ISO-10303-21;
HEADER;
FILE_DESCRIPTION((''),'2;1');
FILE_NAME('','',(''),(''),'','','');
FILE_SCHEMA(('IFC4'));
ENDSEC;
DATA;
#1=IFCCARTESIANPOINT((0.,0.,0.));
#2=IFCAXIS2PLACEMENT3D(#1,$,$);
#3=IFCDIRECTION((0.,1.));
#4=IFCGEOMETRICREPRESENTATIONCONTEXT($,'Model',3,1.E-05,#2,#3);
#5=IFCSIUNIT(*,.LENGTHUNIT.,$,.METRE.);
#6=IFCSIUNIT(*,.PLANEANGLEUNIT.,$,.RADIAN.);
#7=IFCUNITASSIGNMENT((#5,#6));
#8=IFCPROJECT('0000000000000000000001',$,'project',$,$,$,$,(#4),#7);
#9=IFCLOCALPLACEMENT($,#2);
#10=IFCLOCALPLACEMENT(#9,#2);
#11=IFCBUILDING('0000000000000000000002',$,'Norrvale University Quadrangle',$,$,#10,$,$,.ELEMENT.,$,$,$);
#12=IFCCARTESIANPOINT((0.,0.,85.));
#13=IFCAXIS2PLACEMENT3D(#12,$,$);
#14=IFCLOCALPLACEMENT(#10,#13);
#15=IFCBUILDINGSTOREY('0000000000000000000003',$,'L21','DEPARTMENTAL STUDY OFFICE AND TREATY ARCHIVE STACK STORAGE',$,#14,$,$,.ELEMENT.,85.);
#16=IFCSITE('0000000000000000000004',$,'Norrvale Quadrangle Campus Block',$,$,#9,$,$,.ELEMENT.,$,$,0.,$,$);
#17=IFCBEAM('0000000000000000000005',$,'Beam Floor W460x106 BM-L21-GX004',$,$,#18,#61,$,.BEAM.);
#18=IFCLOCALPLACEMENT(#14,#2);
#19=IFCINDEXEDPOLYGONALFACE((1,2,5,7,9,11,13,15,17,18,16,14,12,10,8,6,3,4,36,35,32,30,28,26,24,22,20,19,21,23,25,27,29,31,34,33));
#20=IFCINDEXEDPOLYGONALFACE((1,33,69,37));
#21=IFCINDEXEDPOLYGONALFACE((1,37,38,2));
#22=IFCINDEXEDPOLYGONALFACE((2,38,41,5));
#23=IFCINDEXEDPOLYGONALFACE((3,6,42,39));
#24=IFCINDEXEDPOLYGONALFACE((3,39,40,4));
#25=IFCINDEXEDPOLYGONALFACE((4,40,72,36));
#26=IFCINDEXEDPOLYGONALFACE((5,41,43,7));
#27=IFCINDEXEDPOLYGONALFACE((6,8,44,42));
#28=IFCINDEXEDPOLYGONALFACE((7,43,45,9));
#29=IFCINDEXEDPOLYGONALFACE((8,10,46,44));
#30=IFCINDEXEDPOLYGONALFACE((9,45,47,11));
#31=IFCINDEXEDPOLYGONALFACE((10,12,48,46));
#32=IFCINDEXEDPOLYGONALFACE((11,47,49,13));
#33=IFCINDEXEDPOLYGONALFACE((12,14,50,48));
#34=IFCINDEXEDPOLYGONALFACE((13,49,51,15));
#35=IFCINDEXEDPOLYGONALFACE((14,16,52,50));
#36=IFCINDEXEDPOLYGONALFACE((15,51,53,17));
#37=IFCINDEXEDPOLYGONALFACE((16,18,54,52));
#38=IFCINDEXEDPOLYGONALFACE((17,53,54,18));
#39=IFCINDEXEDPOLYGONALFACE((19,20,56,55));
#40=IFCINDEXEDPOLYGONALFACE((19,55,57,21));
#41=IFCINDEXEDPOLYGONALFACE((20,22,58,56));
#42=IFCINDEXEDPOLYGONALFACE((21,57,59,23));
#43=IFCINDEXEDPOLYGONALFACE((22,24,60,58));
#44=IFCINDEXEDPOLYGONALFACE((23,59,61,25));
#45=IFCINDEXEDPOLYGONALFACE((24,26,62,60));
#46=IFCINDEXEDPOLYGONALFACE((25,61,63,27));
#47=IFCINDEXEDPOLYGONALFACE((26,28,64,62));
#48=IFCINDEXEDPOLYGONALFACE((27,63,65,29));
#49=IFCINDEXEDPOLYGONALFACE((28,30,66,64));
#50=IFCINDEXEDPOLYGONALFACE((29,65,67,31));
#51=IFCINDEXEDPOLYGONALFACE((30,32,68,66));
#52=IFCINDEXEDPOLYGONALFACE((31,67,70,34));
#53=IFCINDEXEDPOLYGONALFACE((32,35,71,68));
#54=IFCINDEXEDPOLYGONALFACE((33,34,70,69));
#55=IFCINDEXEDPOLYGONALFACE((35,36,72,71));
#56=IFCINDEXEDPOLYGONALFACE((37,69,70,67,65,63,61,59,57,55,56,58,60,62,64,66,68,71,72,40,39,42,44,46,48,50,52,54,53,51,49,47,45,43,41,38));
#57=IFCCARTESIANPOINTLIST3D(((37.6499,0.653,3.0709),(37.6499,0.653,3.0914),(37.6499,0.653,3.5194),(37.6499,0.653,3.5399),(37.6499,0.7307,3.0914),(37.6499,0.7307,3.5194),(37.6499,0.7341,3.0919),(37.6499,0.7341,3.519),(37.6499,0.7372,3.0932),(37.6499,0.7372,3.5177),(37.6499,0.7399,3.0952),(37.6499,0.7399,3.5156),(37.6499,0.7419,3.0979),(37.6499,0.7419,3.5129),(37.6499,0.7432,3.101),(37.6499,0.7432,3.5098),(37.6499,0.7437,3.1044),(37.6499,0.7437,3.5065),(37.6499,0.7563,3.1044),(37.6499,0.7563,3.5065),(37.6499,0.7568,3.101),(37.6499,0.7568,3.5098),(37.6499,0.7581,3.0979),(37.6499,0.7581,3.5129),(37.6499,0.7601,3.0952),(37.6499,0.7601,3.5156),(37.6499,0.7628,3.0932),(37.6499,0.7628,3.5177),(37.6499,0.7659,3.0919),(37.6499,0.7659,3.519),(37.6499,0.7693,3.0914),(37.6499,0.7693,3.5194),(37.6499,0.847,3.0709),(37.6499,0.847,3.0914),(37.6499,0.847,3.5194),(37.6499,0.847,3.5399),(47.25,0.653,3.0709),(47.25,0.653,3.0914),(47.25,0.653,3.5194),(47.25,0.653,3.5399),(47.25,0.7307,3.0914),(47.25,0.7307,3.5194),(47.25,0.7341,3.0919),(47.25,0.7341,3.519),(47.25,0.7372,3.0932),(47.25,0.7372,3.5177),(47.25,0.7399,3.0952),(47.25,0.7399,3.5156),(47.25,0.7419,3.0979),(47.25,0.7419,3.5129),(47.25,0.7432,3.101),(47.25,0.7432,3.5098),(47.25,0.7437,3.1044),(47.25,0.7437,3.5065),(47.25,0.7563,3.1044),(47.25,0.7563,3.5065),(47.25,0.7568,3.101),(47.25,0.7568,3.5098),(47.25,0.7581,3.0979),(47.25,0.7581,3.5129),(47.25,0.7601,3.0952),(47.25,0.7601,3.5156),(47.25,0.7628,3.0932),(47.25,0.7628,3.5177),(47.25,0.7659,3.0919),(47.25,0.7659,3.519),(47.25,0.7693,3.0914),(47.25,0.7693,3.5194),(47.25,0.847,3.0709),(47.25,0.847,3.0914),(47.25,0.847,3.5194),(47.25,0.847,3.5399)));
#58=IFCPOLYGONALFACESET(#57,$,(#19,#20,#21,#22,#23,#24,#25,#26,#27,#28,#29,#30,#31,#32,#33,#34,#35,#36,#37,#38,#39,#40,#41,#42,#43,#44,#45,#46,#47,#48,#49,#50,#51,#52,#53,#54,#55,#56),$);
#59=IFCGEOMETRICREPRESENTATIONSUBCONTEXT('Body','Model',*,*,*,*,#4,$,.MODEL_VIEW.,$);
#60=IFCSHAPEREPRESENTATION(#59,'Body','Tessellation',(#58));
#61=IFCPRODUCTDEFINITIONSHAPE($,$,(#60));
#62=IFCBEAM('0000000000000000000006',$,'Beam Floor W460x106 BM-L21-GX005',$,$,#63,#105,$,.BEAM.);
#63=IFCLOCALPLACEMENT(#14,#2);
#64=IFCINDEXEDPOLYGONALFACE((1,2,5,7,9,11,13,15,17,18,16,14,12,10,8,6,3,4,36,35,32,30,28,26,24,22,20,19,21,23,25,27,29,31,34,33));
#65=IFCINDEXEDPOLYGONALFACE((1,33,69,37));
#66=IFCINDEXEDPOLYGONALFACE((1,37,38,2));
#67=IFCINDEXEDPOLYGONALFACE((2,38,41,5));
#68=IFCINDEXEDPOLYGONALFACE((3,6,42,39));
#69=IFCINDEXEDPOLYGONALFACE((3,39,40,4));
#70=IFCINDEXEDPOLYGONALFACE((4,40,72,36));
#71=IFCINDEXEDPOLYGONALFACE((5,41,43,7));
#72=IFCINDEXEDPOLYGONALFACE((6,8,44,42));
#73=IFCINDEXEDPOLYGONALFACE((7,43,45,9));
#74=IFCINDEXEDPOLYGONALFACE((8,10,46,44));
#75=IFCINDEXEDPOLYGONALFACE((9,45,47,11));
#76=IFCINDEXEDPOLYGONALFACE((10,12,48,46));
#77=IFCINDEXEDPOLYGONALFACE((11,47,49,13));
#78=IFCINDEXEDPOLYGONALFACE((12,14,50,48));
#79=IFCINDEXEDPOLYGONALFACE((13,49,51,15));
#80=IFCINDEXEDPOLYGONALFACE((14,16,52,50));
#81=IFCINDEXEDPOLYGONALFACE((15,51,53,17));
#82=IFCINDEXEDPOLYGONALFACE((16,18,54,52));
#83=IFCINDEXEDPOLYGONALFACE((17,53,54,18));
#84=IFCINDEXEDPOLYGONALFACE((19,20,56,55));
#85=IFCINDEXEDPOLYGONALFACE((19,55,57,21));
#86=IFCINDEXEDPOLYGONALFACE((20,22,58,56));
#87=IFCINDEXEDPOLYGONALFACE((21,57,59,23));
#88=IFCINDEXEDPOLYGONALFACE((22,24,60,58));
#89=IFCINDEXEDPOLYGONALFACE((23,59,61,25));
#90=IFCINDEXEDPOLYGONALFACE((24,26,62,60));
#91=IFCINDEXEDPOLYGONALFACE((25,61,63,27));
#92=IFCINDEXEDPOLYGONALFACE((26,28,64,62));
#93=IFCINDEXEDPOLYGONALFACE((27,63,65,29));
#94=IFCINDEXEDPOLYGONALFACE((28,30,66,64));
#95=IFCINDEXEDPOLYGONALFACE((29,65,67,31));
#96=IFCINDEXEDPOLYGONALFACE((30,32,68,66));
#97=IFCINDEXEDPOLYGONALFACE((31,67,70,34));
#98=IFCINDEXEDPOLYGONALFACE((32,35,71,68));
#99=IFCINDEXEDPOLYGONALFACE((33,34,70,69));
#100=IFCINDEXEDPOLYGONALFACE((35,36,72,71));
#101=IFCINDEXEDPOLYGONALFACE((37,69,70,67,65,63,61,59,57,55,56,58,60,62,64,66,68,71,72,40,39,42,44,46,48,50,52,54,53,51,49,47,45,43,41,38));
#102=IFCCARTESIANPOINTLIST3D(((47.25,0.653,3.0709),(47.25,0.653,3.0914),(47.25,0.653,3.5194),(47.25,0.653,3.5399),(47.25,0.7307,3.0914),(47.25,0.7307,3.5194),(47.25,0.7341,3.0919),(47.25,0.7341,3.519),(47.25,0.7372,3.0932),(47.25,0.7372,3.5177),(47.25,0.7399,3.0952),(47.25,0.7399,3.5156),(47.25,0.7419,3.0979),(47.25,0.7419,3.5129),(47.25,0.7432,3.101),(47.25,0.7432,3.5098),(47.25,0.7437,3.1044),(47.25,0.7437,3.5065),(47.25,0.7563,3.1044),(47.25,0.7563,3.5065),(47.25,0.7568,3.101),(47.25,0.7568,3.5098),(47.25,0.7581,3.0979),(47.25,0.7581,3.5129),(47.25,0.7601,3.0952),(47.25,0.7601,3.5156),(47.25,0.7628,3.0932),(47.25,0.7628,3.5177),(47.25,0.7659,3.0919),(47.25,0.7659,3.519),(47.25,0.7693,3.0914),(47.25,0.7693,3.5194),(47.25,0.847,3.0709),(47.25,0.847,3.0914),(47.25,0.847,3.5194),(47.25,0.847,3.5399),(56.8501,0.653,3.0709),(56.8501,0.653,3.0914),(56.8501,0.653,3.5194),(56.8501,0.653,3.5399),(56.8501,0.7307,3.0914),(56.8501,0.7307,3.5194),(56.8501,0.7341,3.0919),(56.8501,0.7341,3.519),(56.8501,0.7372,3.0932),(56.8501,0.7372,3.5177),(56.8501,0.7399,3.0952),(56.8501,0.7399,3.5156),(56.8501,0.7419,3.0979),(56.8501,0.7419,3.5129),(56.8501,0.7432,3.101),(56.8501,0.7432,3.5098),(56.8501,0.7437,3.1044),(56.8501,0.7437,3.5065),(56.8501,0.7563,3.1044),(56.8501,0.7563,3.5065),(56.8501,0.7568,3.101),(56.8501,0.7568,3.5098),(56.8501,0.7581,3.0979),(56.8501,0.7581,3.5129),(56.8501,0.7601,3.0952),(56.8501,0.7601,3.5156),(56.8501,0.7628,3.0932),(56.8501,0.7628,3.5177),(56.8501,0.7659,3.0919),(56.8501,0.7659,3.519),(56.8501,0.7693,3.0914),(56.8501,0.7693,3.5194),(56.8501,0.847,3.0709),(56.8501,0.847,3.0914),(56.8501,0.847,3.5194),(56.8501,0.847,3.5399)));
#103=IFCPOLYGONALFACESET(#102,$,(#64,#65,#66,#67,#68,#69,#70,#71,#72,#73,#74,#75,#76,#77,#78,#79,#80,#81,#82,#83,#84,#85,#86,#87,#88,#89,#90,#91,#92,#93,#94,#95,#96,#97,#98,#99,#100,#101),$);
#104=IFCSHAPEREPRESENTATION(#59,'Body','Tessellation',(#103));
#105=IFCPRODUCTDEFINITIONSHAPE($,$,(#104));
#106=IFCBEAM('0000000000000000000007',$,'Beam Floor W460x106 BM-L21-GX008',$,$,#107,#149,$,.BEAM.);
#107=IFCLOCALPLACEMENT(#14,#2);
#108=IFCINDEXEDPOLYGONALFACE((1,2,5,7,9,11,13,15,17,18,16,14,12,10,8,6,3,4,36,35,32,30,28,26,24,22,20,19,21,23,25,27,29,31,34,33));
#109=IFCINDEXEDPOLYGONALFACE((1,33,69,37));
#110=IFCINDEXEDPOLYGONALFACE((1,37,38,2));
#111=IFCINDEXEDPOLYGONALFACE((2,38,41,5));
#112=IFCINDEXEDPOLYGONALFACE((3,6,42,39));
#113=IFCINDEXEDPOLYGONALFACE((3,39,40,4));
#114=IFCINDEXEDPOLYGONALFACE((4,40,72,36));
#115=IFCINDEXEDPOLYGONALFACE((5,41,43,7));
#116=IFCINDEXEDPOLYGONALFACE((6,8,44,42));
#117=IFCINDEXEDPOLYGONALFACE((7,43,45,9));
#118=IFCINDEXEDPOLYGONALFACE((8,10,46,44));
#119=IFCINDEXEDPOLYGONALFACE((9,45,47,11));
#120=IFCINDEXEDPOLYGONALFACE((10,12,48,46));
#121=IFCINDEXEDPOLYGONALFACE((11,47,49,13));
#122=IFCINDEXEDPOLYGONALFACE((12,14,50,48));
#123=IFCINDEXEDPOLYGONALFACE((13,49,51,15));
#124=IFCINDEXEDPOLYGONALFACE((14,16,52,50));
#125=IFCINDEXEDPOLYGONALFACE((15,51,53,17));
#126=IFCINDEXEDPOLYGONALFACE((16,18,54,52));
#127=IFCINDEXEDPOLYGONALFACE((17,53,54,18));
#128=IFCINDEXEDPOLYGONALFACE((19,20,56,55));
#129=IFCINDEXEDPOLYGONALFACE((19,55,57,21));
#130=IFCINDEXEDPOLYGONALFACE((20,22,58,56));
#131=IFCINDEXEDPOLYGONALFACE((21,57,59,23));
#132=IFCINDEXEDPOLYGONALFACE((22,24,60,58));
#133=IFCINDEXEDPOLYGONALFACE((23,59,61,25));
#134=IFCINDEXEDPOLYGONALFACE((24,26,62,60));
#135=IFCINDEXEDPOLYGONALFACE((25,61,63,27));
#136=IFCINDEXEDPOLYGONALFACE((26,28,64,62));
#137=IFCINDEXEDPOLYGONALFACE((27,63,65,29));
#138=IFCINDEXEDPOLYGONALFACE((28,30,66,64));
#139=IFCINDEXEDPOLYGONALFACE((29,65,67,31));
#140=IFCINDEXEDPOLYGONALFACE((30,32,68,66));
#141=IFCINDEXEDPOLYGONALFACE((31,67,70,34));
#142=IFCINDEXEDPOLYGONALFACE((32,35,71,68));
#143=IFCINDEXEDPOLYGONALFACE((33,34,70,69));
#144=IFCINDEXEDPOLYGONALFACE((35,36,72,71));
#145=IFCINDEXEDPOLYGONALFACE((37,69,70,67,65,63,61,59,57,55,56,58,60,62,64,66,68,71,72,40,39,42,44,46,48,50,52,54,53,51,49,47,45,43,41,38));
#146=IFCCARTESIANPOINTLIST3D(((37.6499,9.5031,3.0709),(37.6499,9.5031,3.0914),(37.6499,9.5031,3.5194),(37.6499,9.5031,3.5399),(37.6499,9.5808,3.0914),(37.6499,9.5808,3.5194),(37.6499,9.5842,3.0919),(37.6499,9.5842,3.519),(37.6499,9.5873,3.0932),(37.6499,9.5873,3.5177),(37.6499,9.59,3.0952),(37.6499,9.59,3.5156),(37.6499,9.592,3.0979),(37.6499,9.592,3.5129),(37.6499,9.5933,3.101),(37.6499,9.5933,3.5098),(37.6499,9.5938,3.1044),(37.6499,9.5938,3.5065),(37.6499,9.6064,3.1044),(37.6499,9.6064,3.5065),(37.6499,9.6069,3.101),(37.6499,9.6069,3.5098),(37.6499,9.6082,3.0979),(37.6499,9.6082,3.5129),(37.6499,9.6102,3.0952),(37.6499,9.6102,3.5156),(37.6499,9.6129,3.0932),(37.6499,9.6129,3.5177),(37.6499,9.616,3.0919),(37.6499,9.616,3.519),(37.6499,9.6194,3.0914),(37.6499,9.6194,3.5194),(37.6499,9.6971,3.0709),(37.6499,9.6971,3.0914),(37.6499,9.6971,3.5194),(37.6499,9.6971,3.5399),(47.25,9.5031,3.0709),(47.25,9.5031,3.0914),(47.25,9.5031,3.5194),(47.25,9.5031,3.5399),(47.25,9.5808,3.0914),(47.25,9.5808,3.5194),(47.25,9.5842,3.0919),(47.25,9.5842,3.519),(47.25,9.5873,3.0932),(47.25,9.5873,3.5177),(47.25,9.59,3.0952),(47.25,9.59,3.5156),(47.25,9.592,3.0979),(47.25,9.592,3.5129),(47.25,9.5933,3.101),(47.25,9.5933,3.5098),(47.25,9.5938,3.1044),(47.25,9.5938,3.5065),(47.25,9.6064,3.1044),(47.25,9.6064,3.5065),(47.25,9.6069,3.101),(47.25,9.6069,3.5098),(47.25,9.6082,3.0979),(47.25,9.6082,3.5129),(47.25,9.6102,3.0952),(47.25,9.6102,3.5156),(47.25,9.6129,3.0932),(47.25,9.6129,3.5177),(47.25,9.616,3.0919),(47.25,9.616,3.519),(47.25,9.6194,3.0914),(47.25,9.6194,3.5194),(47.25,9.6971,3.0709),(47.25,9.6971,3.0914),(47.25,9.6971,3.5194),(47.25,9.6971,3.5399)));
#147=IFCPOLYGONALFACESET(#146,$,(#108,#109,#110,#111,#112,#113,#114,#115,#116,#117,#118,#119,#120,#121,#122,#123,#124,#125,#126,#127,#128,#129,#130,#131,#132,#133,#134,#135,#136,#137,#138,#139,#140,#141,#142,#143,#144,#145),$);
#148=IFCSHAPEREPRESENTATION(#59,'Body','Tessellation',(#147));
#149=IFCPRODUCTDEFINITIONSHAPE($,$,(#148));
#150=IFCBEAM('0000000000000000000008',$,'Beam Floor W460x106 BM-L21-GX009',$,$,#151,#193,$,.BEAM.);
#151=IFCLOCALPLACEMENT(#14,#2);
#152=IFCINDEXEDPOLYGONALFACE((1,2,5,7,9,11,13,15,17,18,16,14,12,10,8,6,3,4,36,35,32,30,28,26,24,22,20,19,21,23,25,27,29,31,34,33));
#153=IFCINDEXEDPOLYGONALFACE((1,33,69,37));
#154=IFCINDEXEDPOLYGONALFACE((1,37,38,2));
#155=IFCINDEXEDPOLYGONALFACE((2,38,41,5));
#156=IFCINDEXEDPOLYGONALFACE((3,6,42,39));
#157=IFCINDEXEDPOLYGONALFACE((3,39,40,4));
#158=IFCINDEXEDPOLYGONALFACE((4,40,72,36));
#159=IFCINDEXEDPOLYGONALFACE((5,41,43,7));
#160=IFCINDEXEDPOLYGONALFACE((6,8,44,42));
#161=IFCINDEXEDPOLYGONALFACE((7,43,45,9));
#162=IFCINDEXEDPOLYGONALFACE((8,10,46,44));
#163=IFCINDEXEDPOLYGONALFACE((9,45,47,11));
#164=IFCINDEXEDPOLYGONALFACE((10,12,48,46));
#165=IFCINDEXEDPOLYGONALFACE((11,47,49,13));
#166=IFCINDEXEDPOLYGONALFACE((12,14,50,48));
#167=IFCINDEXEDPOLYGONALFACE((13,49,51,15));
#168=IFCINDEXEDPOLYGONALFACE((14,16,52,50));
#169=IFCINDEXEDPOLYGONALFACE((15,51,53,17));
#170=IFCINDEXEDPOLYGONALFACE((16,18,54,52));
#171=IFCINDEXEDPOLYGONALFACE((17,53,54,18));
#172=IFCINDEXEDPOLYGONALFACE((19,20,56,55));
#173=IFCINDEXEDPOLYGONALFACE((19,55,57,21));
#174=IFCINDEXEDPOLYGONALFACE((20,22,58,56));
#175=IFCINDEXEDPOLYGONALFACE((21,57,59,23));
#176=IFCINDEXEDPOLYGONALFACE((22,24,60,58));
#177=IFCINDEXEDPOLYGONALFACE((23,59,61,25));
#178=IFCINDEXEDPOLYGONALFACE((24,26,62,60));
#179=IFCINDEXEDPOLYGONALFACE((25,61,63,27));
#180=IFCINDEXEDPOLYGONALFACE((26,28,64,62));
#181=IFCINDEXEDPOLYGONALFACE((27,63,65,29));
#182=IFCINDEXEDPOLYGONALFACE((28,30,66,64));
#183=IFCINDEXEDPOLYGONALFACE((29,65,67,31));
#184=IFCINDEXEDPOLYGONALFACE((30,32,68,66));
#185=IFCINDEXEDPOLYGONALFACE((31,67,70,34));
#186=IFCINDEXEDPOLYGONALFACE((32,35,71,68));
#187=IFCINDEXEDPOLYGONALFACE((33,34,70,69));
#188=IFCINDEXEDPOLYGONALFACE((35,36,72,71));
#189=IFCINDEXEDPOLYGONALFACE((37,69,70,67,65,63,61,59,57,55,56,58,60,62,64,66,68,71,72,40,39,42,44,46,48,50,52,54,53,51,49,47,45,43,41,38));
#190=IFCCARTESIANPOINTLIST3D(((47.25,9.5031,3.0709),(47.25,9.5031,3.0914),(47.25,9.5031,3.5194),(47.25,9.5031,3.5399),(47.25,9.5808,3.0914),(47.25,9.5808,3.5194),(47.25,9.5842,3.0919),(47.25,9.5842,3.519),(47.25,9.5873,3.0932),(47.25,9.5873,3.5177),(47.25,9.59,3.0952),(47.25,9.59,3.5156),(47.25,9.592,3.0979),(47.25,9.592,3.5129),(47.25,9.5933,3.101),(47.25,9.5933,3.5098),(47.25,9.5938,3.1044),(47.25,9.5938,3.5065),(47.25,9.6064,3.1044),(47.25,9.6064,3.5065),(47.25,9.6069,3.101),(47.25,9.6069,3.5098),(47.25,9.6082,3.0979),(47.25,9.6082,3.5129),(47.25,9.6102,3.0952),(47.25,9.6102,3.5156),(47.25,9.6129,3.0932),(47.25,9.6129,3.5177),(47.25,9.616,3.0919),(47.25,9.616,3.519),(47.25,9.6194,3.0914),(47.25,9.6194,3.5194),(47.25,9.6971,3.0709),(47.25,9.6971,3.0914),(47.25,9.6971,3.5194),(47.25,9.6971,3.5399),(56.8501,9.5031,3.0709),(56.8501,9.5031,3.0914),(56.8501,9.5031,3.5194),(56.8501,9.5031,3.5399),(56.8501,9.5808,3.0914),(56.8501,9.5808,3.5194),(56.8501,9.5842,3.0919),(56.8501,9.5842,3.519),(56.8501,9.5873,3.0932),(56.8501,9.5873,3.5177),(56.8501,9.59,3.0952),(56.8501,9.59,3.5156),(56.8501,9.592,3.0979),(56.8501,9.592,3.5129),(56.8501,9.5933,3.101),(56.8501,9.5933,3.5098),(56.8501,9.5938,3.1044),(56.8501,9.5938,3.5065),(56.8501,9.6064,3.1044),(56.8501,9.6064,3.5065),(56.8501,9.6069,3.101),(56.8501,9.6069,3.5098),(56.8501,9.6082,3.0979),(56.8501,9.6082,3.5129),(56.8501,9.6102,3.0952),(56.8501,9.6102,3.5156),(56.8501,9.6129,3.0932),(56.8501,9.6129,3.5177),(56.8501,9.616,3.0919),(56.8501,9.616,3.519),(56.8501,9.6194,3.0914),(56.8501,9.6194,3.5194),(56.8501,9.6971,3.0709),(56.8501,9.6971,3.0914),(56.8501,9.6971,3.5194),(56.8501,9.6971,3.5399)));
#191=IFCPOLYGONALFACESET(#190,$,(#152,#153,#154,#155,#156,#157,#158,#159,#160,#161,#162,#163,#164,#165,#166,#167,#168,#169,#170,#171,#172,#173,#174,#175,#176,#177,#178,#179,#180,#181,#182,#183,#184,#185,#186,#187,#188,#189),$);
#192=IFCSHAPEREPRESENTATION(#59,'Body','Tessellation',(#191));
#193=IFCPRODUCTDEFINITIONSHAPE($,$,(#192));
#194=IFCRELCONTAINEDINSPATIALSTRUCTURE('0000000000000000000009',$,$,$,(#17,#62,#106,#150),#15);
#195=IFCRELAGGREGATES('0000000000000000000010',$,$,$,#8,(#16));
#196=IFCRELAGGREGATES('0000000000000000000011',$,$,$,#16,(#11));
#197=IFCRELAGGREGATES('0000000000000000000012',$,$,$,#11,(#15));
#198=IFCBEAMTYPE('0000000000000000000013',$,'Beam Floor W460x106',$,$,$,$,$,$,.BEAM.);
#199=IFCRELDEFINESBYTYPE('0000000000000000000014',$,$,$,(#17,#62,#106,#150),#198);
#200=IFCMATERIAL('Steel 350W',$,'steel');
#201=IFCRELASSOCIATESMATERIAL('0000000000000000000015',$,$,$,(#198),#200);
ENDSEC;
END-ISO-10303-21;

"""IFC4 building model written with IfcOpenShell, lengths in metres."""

from ifc_helpers import new_model, si_unit, direction, frame, origin, origin_2d, place, context, subcontext, project, spatial, i_section, extrude, material, material_profile, profile_set, type_object, element, save


model = new_model("IFC4")

# Units and contexts
model_context = context("Model", 3, precision=1e-05, world=origin(), true_north=direction((0.0, 1.0)))
body_context = subcontext(model_context, "Body", "Model", "MODEL_VIEW")
ifc_project = project(units=[si_unit("LENGTHUNIT", "METRE"), si_unit("PLANEANGLEUNIT", "RADIAN")], contexts=[model_context])

# Site, building, storey
site_placement = place(None, origin())
site = spatial("IfcSite", under=ifc_project, at=site_placement, Name="Norrvale Quadrangle Campus Block", CompositionType="ELEMENT", RefElevation=0.0)
building_placement = place(site_placement, origin())
building = spatial("IfcBuilding", under=site, at=building_placement, Name="Norrvale University Quadrangle", CompositionType="ELEMENT")
storey_placement = place(building_placement, frame((0.0, 0.0, 85.0)))
storey = spatial("IfcBuildingStorey", under=building, at=storey_placement, Name="L21", Description="DEPARTMENTAL STUDY OFFICE AND TREATY ARCHIVE STACK STORAGE", CompositionType="ELEMENT", Elevation=85.0)

# Beams
ifc_material_1 = material(Name="Steel 350W", Category="steel")
ifc_material_profile_1 = material_profile(ifc_material_1, i_section(OverallWidth=0.1941, OverallDepth=0.469, WebThickness=0.0127, FlangeThickness=0.0205, FilletRadius=0.0129, at=origin_2d()), Name="Steel 350W")
ifc_profile_set_1 = profile_set([ifc_material_profile_1], Name="Steel 350W")
beam_type_1 = type_object("IfcBeamType", Name="Beam Floor W460x106", PredefinedType="BEAM", material=ifc_profile_set_1)
for number, where, z_axis, x_axis, name in (
    (1, (37.6499, 0.75, 3.3054), (1.0, 0.0, 0.0), (0.0, 1.0, 0.0), "Beam Floor W460x106 BM-L21-GX004"),
    (2, (47.25, 0.75, 3.3054), (1.0, 0.0, 0.0), (0.0, 1.0, 0.0), "Beam Floor W460x106 BM-L21-GX005"),
    (3, (37.6499, 9.6001, 3.3054), (1.0, 0.0, 0.0), (0.0, 1.0, 0.0), "Beam Floor W460x106 BM-L21-GX008"),
    (4, (47.25, 9.6001, 3.3054), (1.0, 0.0, 0.0), (0.0, 1.0, 0.0), "Beam Floor W460x106 BM-L21-GX009"),
):
    element("IfcBeam", number, at=place(storey_placement, frame(where, z_axis=z_axis, x_axis=x_axis)), inside=storey, type_object=beam_type_1, Name=name, PredefinedType="BEAM", context=body_context, shape_type="SweptSolid", body=[
        extrude(i_section(OverallWidth=0.1941, OverallDepth=0.469, WebThickness=0.0127, FlangeThickness=0.0205, FilletRadius=0.0129, at=origin_2d()), origin(), (0.0, 0.0, 1.0), 9.6001),
    ])

save(model, "model.ifc")
